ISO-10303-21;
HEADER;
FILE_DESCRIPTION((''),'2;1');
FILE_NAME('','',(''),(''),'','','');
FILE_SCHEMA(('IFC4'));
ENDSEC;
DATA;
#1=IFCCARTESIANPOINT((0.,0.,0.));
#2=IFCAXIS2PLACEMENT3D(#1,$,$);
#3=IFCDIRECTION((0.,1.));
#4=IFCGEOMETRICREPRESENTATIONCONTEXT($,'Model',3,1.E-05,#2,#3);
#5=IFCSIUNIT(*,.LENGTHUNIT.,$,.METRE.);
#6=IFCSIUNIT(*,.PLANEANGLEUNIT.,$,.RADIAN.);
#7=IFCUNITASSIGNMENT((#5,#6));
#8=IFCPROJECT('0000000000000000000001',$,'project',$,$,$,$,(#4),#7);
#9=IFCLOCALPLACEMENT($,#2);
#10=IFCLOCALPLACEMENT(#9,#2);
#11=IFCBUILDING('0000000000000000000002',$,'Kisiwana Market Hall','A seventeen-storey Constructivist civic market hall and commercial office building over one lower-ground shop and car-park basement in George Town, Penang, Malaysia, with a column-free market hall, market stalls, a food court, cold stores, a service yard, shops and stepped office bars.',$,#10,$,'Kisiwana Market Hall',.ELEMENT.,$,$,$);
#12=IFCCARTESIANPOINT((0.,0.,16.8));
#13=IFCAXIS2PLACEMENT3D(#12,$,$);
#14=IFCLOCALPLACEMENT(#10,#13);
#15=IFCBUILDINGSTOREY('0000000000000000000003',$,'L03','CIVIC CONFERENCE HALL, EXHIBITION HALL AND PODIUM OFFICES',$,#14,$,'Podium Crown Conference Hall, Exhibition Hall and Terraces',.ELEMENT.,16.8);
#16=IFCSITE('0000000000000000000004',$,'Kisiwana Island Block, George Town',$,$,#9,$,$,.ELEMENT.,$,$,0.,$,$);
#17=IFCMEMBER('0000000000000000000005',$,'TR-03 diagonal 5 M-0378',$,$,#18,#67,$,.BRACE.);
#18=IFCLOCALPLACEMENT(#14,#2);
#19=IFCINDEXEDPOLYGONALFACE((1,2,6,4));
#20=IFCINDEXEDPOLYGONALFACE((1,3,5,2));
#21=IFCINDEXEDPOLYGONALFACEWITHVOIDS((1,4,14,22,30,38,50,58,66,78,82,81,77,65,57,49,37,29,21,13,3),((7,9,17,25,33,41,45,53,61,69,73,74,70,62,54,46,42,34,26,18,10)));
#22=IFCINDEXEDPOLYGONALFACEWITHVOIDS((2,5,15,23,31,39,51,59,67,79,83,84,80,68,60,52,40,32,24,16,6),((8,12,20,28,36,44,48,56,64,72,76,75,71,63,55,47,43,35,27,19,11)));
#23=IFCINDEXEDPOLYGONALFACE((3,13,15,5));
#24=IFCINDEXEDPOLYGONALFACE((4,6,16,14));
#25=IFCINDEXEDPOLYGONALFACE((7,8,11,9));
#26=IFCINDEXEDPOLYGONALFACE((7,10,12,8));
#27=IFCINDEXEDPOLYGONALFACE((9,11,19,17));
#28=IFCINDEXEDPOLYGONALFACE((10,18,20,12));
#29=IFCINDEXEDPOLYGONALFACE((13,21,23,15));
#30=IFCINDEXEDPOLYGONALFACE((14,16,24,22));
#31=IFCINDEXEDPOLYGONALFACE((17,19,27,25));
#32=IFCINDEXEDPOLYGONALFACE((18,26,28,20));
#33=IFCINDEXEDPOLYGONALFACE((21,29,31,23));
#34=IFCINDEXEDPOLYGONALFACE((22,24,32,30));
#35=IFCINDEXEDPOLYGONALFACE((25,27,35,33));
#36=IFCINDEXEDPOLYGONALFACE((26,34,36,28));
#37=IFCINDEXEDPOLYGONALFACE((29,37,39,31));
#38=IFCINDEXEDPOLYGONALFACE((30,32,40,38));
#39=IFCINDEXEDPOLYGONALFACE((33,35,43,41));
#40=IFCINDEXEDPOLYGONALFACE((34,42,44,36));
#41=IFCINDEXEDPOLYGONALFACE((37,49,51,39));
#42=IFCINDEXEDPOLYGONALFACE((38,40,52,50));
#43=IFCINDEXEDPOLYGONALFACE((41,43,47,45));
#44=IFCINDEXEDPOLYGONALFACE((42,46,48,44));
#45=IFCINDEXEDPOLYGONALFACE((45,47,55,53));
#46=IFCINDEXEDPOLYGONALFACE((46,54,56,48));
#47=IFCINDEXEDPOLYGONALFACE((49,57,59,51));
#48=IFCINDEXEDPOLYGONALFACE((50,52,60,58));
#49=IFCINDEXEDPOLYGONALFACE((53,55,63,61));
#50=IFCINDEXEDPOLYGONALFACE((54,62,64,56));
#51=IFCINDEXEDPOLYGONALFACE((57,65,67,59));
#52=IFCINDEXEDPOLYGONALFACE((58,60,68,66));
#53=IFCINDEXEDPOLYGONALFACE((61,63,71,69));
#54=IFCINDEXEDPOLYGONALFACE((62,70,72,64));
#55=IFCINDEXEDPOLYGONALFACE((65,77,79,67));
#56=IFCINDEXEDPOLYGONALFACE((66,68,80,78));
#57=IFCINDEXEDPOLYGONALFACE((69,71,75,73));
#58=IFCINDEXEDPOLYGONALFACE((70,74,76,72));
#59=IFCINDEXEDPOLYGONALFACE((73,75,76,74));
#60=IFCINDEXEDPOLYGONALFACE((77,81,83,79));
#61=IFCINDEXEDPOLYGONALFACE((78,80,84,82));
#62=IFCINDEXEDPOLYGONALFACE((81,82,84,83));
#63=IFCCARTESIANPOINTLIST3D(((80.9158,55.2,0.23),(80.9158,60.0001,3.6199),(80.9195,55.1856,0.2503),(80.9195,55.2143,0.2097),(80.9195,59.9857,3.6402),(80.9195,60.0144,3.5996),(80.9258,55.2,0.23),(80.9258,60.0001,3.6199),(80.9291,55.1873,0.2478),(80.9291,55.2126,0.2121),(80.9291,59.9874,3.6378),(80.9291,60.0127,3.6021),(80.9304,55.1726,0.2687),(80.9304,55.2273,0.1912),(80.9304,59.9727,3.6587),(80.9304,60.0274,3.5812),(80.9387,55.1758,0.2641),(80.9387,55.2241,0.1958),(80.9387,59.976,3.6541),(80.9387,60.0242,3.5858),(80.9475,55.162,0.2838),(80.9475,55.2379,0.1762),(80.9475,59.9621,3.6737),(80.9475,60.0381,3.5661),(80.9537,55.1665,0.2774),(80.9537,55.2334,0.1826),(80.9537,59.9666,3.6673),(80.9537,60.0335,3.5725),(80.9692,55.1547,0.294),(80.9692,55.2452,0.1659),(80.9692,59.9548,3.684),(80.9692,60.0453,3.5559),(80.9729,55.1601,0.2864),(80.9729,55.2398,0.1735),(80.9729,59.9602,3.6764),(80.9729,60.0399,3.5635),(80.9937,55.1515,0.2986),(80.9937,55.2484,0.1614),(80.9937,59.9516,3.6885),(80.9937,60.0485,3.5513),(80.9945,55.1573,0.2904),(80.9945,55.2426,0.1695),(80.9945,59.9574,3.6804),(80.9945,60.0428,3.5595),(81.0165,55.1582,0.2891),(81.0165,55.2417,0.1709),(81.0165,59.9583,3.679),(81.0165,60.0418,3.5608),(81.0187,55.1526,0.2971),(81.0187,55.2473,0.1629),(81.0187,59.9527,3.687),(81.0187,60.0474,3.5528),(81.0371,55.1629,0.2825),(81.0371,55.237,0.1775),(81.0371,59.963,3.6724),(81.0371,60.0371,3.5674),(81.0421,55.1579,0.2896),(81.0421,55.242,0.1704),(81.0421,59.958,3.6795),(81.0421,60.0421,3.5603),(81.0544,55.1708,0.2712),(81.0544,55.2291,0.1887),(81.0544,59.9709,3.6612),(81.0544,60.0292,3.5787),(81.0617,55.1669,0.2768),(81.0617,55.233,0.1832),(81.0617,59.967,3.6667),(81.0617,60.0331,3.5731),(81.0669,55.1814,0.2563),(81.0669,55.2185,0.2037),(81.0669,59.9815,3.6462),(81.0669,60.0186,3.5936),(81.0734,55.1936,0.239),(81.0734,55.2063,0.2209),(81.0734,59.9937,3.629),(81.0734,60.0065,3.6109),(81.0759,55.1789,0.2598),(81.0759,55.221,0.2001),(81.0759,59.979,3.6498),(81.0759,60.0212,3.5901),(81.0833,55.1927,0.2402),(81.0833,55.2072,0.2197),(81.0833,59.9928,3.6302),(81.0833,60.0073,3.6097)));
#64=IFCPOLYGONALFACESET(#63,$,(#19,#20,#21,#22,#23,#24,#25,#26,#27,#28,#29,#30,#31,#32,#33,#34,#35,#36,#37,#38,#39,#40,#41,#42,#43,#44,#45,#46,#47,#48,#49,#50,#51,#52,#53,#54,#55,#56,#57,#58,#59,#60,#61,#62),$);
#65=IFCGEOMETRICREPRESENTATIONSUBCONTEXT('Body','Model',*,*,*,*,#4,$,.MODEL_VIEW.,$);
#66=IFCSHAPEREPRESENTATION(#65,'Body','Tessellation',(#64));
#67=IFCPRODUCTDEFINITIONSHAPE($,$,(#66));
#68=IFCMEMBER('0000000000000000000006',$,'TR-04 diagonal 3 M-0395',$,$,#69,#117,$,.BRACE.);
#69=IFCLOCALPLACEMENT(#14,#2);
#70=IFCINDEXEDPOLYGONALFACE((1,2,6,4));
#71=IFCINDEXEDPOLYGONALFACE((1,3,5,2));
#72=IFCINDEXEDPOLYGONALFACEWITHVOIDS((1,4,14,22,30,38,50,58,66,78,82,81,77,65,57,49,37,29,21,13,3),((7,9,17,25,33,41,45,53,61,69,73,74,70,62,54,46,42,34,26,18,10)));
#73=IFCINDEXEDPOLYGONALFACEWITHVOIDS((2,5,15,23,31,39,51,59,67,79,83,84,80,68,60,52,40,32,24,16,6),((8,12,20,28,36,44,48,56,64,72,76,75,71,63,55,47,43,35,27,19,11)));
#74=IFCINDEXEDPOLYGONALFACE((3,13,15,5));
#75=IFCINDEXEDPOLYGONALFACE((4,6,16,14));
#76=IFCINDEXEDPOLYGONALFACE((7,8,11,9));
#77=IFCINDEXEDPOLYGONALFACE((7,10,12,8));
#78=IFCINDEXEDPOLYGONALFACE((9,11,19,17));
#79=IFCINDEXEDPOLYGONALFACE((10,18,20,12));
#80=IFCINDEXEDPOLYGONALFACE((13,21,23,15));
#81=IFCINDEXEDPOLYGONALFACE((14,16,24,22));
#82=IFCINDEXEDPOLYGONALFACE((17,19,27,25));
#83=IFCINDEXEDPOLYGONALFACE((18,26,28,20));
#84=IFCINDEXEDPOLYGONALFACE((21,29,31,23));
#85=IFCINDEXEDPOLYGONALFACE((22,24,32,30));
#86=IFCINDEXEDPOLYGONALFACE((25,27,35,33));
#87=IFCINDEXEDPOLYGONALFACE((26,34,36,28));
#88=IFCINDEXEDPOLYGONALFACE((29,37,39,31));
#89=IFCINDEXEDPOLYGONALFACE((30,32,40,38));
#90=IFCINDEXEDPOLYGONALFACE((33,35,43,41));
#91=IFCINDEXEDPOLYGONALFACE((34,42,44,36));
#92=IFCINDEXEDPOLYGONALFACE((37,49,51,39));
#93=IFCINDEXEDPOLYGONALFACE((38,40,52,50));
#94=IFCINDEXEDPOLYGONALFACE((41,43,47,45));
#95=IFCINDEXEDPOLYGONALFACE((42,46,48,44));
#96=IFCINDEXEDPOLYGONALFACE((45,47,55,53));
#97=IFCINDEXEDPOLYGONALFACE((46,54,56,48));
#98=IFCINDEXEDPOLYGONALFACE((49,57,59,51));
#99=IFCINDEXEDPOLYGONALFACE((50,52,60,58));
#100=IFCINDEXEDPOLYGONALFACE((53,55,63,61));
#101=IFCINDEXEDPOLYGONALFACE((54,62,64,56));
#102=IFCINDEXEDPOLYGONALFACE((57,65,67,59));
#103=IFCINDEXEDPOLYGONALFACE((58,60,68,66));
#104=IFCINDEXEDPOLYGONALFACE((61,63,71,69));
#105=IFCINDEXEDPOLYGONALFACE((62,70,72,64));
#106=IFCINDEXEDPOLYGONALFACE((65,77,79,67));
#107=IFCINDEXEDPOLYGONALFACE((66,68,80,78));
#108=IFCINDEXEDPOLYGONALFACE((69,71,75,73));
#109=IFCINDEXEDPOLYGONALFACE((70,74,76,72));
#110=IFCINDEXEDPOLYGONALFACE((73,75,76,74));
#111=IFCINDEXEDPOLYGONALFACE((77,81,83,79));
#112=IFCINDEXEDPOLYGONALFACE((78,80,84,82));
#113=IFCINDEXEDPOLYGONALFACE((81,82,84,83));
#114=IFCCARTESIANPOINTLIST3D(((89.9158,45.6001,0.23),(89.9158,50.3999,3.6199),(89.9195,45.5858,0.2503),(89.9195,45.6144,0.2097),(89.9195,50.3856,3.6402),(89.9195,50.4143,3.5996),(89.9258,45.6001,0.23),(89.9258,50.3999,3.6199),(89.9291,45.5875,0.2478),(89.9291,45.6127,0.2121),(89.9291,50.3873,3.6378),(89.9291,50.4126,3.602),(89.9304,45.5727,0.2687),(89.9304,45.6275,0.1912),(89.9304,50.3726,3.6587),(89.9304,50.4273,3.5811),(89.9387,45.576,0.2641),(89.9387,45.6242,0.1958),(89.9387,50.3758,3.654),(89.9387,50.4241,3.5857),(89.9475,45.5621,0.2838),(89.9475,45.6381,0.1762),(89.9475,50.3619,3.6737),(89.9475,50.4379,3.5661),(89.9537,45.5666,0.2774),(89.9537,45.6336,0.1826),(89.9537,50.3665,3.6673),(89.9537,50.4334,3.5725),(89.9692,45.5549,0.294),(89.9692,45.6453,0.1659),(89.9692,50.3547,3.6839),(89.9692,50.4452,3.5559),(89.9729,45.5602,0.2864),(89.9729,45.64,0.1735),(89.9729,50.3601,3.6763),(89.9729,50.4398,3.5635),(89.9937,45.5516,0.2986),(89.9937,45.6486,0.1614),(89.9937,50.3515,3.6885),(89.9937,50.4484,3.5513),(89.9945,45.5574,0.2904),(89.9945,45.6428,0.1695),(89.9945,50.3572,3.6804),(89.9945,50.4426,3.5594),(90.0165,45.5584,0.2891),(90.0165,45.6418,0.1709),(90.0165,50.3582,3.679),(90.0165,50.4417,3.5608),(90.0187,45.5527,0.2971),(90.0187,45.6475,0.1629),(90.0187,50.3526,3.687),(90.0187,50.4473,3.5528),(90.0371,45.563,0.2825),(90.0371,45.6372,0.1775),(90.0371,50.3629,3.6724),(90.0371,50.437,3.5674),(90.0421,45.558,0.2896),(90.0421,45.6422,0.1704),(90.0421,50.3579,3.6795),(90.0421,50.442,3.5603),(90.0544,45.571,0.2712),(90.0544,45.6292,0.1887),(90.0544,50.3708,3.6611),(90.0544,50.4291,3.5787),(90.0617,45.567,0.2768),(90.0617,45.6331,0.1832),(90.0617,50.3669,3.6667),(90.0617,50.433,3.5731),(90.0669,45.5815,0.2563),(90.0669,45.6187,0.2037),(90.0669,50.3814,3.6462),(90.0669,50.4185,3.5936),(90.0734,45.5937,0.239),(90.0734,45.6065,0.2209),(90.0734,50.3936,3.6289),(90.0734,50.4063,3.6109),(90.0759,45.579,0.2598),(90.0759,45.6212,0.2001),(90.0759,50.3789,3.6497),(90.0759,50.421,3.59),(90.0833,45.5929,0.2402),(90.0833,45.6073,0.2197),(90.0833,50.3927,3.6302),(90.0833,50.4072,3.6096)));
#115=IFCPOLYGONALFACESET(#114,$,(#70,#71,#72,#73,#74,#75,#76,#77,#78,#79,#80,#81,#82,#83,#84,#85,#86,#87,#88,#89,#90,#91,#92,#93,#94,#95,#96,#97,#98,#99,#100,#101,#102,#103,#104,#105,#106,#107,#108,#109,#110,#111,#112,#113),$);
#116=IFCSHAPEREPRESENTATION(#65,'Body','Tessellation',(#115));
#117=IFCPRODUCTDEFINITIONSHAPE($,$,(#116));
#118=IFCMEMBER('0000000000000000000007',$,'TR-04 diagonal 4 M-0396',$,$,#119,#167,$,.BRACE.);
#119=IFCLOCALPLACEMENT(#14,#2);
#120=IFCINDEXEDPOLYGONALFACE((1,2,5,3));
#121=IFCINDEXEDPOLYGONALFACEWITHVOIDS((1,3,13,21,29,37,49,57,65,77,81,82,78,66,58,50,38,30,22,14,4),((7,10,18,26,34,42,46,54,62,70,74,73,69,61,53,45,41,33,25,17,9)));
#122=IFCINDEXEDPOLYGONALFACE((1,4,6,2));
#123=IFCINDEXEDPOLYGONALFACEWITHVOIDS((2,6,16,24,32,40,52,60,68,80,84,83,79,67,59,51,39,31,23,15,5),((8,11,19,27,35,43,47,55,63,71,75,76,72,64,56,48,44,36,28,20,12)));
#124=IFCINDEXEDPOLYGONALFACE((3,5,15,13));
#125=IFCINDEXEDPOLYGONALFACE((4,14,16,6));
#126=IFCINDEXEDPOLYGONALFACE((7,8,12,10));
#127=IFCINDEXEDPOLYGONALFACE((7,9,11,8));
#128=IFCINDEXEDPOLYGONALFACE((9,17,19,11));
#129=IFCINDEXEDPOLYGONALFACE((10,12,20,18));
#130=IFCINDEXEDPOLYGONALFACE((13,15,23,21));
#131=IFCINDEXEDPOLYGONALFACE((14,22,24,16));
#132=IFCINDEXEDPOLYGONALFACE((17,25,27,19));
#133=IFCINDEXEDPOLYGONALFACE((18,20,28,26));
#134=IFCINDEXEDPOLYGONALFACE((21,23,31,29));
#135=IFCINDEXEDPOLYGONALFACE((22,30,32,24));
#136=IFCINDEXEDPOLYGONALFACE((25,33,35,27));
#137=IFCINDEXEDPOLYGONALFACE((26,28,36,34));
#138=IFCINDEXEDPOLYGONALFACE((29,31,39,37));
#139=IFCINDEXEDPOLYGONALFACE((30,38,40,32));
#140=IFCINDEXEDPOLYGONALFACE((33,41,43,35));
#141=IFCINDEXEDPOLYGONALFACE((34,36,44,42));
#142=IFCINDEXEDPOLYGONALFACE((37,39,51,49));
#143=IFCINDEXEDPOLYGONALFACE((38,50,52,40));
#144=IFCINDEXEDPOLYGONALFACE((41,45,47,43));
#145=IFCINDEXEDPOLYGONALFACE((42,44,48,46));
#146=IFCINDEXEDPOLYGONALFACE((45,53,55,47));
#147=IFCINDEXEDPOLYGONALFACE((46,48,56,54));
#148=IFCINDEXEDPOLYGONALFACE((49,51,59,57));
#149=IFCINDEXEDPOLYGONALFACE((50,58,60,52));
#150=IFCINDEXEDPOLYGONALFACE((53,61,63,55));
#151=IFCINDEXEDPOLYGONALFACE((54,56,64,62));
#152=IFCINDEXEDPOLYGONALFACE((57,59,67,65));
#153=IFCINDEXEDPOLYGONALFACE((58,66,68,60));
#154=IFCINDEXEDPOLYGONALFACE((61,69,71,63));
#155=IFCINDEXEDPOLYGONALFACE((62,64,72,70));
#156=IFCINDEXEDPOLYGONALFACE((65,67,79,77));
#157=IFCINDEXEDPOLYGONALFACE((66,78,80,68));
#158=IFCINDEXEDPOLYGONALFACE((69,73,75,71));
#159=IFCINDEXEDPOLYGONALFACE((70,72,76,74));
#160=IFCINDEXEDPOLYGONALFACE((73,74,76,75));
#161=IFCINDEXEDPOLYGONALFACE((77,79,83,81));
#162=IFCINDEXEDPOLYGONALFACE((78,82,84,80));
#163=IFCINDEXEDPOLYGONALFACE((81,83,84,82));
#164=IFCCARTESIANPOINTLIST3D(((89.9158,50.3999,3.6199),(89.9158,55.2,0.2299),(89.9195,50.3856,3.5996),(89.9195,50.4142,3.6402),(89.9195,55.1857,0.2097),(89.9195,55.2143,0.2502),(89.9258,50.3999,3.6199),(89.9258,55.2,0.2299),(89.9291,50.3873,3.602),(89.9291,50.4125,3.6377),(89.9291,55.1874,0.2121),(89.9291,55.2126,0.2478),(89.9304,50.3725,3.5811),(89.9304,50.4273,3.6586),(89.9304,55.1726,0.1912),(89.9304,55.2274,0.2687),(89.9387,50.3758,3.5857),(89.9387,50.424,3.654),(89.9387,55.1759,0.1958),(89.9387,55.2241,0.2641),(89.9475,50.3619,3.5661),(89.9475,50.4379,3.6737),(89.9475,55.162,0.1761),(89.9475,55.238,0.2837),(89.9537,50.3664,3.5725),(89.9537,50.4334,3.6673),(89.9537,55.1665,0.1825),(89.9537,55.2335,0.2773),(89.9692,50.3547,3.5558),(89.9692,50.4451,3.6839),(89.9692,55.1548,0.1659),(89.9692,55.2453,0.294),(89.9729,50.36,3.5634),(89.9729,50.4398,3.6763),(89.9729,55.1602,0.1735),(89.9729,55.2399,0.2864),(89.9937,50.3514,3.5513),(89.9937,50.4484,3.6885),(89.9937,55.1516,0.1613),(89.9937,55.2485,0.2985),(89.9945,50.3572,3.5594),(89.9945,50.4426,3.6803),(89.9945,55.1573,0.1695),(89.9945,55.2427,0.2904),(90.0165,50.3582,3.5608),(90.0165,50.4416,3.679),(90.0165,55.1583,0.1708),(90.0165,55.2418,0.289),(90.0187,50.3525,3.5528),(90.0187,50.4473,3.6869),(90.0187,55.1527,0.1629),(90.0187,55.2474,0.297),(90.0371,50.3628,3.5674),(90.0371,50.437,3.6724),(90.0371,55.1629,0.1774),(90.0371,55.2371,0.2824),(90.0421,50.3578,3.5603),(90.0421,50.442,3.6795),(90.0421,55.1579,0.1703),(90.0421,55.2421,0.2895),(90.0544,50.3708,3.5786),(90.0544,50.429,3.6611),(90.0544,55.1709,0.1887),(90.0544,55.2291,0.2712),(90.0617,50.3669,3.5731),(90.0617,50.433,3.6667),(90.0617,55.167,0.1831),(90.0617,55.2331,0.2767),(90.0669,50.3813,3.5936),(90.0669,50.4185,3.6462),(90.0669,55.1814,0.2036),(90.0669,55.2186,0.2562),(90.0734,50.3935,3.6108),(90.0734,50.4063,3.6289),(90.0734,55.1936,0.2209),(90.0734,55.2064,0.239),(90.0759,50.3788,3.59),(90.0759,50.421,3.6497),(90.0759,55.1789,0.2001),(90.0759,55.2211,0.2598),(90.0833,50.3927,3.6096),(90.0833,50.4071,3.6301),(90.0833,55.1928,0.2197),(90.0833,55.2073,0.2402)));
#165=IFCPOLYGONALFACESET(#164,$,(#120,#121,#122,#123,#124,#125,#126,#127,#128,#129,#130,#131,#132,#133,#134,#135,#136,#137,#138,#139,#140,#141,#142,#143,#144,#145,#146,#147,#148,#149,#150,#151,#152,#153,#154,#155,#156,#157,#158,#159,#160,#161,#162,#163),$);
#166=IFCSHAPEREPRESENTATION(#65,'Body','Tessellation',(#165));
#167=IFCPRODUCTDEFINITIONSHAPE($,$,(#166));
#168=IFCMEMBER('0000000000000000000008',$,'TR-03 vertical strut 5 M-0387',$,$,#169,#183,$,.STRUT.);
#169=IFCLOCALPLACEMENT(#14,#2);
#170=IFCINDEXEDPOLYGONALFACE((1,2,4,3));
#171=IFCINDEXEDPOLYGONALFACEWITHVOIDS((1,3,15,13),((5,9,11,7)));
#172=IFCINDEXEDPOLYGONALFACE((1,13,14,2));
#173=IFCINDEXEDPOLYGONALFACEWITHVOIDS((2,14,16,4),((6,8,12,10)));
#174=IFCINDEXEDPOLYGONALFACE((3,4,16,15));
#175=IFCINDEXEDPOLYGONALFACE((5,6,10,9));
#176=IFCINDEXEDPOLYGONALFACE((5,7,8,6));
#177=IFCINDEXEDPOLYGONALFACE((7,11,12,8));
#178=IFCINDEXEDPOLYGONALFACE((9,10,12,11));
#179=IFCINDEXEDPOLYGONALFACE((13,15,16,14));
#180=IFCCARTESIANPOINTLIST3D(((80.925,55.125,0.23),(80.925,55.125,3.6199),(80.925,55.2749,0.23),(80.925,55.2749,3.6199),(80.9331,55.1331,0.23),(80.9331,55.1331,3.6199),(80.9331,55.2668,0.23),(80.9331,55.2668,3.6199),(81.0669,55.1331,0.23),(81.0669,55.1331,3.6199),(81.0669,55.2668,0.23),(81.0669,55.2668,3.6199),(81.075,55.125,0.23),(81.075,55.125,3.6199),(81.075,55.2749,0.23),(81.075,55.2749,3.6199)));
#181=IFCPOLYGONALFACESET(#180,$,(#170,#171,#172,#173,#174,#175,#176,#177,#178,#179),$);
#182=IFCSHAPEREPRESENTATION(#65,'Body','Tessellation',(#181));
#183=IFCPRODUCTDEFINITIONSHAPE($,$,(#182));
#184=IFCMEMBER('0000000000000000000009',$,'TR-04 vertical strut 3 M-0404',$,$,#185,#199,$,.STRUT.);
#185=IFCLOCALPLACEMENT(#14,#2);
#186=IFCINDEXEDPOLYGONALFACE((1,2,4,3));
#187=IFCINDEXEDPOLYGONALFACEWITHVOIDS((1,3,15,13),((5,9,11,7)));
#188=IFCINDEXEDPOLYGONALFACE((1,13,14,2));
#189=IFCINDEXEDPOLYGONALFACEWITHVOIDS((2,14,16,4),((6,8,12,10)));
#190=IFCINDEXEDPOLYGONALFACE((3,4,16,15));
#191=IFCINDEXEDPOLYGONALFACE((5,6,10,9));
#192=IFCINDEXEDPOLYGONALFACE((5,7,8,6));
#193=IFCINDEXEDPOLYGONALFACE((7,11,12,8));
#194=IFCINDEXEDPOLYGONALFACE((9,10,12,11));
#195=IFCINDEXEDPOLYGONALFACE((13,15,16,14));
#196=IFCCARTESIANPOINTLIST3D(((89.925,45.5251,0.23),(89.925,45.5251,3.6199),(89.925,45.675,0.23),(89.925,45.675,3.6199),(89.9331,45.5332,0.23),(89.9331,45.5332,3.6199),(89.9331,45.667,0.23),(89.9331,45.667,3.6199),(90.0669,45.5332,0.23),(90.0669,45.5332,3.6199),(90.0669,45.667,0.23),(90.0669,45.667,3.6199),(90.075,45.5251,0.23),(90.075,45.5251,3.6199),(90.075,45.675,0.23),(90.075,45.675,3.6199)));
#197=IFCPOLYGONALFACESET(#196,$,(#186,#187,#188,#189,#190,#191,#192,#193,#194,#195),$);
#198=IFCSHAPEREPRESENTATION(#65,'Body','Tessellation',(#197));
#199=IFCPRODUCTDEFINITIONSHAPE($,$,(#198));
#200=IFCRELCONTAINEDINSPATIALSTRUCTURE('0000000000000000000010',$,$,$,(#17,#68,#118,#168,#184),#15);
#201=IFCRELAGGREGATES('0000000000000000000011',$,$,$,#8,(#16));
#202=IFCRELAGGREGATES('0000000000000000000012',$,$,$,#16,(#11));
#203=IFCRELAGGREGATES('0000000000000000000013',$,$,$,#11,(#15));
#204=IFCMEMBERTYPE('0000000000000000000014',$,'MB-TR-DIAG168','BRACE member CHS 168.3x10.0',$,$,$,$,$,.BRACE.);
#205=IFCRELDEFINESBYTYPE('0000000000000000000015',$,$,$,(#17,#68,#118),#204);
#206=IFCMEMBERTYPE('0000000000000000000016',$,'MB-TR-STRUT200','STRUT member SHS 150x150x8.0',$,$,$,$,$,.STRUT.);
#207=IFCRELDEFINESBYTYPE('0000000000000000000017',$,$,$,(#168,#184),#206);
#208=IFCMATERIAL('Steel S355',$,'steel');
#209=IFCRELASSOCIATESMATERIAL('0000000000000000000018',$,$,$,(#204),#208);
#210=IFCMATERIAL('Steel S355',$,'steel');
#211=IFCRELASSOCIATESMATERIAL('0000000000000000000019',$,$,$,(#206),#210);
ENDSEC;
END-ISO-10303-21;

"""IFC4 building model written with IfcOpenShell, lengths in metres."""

from ifc_helpers import new_model, si_unit, direction, frame, origin, origin_2d, place, context, subcontext, project, spatial, hollow_rectangle, hollow_circle, extrude, material, material_profile, profile_set, type_object, element, save


model = new_model("IFC4")

# Units and contexts
model_context = context("Model", 3, precision=1e-05, world=origin(), true_north=direction((0.0, 1.0)))
body_context = subcontext(model_context, "Body", "Model", "MODEL_VIEW")
ifc_project = project(units=[si_unit("LENGTHUNIT", "METRE"), si_unit("PLANEANGLEUNIT", "RADIAN")], contexts=[model_context])

# Site, building, storey
site_placement = place(None, origin())
site = spatial("IfcSite", under=ifc_project, at=site_placement, Name="Kisiwana Island Block, George Town", CompositionType="ELEMENT", RefElevation=0.0)
building_placement = place(site_placement, origin())
building = spatial("IfcBuilding", under=site, at=building_placement, Name="Kisiwana Market Hall", Description="A seventeen-storey Constructivist civic market hall and commercial office building over one lower-ground shop and car-park basement in George Town, Penang, Malaysia, with a column-free market hall, market stalls, a food court, cold stores, a service yard, shops and stepped office bars.", LongName="Kisiwana Market Hall", CompositionType="ELEMENT")
storey_placement = place(building_placement, frame((0.0, 0.0, 16.8)))
storey = spatial("IfcBuildingStorey", under=building, at=storey_placement, Name="L03", Description="CIVIC CONFERENCE HALL, EXHIBITION HALL AND PODIUM OFFICES", LongName="Podium Crown Conference Hall, Exhibition Hall and Terraces", CompositionType="ELEMENT", Elevation=16.8)

# Members
ifc_material_1 = material(Name="Steel S355", Category="steel")
ifc_material_profile_1 = material_profile(ifc_material_1, hollow_circle(Radius=0.0842, WallThickness=0.01, at=origin_2d()), Name="CHS 168.3x10.0")
ifc_profile_set_1 = profile_set([ifc_material_profile_1], Name="Steel S355")
member_type_1 = type_object("IfcMemberType", Name="MB-TR-DIAG168", Description="BRACE member CHS 168.3x10.0", PredefinedType="BRACE", material=ifc_profile_set_1)
member_1_placement = place(storey_placement, frame((81.0, 55.2, 0.23), z_axis=(0.0, 0.816838, 0.576868), x_axis=(-1.0, 0.0, 0.0)))
element("IfcMember", 1, at=member_1_placement, inside=storey, type_object=member_type_1, Name="TR-03 diagonal 5 M-0378", PredefinedType="BRACE", context=body_context, shape_type="SweptSolid", body=[
    extrude(hollow_circle(Radius=0.0842, WallThickness=0.01, at=origin_2d()), origin(), (0.0, 0.0, 1.0), 5.8765),
])
member_2_placement = place(storey_placement, frame((90.0, 45.6001, 0.23), z_axis=(0.0, 0.816824, 0.576887), x_axis=(-1.0, 0.0, 0.0)))
element("IfcMember", 2, at=member_2_placement, inside=storey, type_object=member_type_1, Name="TR-04 diagonal 3 M-0395", PredefinedType="BRACE", context=body_context, shape_type="SweptSolid", body=[
    extrude(hollow_circle(Radius=0.0842, WallThickness=0.01, at=origin_2d()), origin(), (0.0, 0.0, 1.0), 5.8762),
])
member_3_placement = place(storey_placement, frame((90.0, 50.3999, 3.6199), z_axis=(0.0, 0.816838, -0.576868), x_axis=(-1.0, 0.0, 0.0)))
element("IfcMember", 3, at=member_3_placement, inside=storey, type_object=member_type_1, Name="TR-04 diagonal 4 M-0396", PredefinedType="BRACE", context=body_context, shape_type="SweptSolid", body=[
    extrude(hollow_circle(Radius=0.0842, WallThickness=0.01, at=origin_2d()), origin(), (0.0, 0.0, 1.0), 5.8765),
])
ifc_material_2 = material(Name="Steel S355", Category="steel")
ifc_material_profile_2 = material_profile(ifc_material_2, hollow_rectangle(XDim=0.1499, YDim=0.1499, WallThickness=0.0081, at=origin_2d()), Name="SHS 150x150x8.0")
ifc_profile_set_2 = profile_set([ifc_material_profile_2], Name="Steel S355")
member_type_2 = type_object("IfcMemberType", Name="MB-TR-STRUT200", Description="STRUT member SHS 150x150x8.0", PredefinedType="STRUT", material=ifc_profile_set_2)
for number, where, z_axis, x_axis, name in (
    (4, (81.0, 55.2, 0.23), (0.0, 0.0, 1.0), (1.0, 0.0, 0.0), "TR-03 vertical strut 5 M-0387"),
    (5, (90.0, 45.6001, 0.23), (0.0, 0.0, 1.0), (1.0, 0.0, 0.0), "TR-04 vertical strut 3 M-0404"),
):
    element("IfcMember", number, at=place(storey_placement, frame(where, z_axis=z_axis, x_axis=x_axis)), inside=storey, type_object=member_type_2, Name=name, PredefinedType="STRUT", context=body_context, shape_type="SweptSolid", body=[
        extrude(hollow_rectangle(XDim=0.1499, YDim=0.1499, WallThickness=0.0081, at=origin_2d()), origin(), (0.0, 0.0, 1.0), 3.3899),
    ])

save(model, "model.ifc")
